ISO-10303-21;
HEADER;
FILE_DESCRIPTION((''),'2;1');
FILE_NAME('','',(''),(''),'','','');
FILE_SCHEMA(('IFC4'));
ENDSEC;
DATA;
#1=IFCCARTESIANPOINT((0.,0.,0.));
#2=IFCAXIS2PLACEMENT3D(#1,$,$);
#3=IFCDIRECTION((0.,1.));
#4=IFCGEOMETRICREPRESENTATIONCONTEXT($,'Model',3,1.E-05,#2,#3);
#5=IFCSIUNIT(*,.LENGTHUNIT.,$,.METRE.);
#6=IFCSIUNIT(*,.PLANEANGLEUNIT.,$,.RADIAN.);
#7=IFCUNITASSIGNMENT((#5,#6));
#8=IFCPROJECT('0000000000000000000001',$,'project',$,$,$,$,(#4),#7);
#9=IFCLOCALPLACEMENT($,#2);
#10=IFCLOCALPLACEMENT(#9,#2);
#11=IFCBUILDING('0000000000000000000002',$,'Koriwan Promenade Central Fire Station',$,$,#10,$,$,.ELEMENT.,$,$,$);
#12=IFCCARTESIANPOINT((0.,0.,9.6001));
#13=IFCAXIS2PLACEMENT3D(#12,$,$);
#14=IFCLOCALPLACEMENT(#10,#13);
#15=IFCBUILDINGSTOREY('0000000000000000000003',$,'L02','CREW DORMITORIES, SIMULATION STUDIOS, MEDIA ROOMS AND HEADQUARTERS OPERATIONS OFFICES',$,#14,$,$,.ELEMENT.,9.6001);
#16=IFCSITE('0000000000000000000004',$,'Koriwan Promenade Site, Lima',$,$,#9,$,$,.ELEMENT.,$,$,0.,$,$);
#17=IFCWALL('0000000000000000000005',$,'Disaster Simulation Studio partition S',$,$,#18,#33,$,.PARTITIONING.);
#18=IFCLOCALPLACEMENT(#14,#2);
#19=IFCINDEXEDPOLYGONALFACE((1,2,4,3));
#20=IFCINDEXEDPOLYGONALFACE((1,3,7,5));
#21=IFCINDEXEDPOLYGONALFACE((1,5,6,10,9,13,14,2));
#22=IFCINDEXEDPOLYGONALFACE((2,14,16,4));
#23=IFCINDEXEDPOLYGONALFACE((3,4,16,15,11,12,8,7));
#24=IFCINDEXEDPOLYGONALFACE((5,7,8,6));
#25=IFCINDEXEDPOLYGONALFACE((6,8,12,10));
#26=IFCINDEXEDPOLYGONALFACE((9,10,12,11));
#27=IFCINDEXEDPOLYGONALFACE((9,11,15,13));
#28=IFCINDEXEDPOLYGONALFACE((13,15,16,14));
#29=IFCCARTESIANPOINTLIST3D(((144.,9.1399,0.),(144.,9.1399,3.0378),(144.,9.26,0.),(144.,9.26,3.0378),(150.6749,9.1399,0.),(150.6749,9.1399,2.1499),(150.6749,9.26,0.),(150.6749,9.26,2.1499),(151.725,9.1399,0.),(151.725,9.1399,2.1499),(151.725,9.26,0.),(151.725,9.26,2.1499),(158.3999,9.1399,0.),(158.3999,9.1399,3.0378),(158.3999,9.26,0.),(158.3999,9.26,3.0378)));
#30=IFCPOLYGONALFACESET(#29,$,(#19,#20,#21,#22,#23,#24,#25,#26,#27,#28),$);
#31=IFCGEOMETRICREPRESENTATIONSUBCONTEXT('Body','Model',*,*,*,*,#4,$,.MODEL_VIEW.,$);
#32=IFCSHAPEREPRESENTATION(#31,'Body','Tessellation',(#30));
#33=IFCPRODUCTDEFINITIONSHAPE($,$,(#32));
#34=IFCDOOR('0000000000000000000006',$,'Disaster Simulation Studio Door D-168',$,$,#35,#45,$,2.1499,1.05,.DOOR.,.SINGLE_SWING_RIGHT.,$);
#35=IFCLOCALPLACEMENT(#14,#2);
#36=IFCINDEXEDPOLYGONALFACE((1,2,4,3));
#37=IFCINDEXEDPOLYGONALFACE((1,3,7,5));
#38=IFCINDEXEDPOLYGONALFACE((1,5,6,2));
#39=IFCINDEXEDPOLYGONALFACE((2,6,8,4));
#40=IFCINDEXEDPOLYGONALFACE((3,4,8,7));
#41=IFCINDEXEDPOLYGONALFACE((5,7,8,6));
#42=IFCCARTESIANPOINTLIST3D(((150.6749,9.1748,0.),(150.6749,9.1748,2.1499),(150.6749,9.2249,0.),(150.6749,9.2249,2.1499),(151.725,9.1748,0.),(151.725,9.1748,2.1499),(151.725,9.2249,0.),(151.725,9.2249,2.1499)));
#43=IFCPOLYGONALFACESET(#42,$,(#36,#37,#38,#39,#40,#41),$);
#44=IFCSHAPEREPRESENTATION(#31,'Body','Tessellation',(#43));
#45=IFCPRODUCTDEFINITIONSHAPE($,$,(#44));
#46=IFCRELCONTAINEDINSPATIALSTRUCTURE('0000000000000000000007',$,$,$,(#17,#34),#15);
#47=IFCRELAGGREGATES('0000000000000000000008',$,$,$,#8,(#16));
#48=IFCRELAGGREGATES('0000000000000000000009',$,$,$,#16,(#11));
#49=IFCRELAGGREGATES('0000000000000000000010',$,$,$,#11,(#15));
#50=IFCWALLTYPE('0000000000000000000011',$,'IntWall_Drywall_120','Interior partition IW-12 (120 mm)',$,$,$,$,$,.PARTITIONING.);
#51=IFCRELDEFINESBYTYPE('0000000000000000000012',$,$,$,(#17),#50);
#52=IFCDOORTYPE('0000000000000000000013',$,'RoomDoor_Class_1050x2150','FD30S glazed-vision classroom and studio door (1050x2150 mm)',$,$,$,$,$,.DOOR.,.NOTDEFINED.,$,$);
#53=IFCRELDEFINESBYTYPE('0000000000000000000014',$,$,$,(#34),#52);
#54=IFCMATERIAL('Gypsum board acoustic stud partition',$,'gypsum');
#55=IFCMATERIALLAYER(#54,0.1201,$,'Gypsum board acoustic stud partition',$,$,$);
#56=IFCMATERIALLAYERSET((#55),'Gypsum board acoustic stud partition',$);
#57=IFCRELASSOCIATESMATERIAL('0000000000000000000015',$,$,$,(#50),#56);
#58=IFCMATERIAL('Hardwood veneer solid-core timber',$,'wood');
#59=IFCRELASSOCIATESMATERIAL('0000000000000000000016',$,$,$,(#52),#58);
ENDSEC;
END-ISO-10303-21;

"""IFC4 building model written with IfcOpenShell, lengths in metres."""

from ifc_helpers import new_model, si_unit, direction, frame, frame_2d, origin, place, context, subcontext, project, spatial, rectangle, extrude, material, layer, layer_set, type_object, element, fill, save


model = new_model("IFC4")

# Units and contexts
model_context = context("Model", 3, precision=1e-05, world=origin(), true_north=direction((0.0, 1.0)))
body_context = subcontext(model_context, "Body", "Model", "MODEL_VIEW")
ifc_project = project(units=[si_unit("LENGTHUNIT", "METRE"), si_unit("PLANEANGLEUNIT", "RADIAN")], contexts=[model_context])

# Site, building, storey
site_placement = place(None, origin())
site = spatial("IfcSite", under=ifc_project, at=site_placement, Name="Koriwan Promenade Site, Lima", CompositionType="ELEMENT", RefElevation=0.0)
building_placement = place(site_placement, origin())
building = spatial("IfcBuilding", under=site, at=building_placement, Name="Koriwan Promenade Central Fire Station", CompositionType="ELEMENT")
storey_placement = place(building_placement, frame((0.0, 0.0, 9.6001)))
storey = spatial("IfcBuildingStorey", under=building, at=storey_placement, Name="L02", Description="CREW DORMITORIES, SIMULATION STUDIOS, MEDIA ROOMS AND HEADQUARTERS OPERATIONS OFFICES", CompositionType="ELEMENT", Elevation=9.6001)

# Wall, opening, door
ifc_material_1 = material(Name="Gypsum board acoustic stud partition", Category="gypsum")
ifc_layer_1 = layer(ifc_material_1, 0.1201, Name="Gypsum board acoustic stud partition")
ifc_layer_set_1 = layer_set([ifc_layer_1], Name="Gypsum board acoustic stud partition")
wall_type_1 = type_object("IfcWallType", Name="IntWall_Drywall_120", Description="Interior partition IW-12 (120 mm)", PredefinedType="PARTITIONING", material=ifc_layer_set_1)
wall_1_placement = place(storey_placement, frame((144.0, 9.2, 0.0), z_axis=(0.0, 0.0, 1.0), x_axis=(1.0, 0.0, 0.0)))
wall_1 = element("IfcWall", 1, at=wall_1_placement, inside=storey, type_object=wall_type_1, Name="Disaster Simulation Studio partition S", PredefinedType="PARTITIONING", context=body_context, shape_type="SweptSolid", body=[
    extrude(rectangle(XDim=14.3999, YDim=0.1201, at=frame_2d((7.2, 0.0))), origin(), (0.0, 0.0, 1.0), 3.0378),
])
opening_placement = place(wall_1_placement, frame((6.675, 0.0, 0.0)))
opening = element("IfcOpeningElement", 2, at=opening_placement, cuts=wall_1, PredefinedType="OPENING", context=body_context, shape_type="SweptSolid", body=[
    extrude(rectangle(XDim=1.05, YDim=2.1499, at=frame_2d((0.5249, 1.075))), frame((0.0, 0.072, 0.0), z_axis=(0.0, -1.0, 0.0), x_axis=(1.0, 0.0, 0.0)), (0.0, 0.0, 1.0), 0.144),
])
ifc_material_2 = material(Name="Hardwood veneer solid-core timber", Category="wood")
door_type = type_object("IfcDoorType", Name="RoomDoor_Class_1050x2150", Description="FD30S glazed-vision classroom and studio door (1050x2150 mm)", OperationType="NOTDEFINED", PredefinedType="DOOR", material=ifc_material_2)
door_placement = place(opening_placement, origin())
door = element("IfcDoor", 3, at=door_placement, inside=storey, type_object=door_type, Name="Disaster Simulation Studio Door D-168", OperationType="SINGLE_SWING_RIGHT", OverallHeight=2.1499, OverallWidth=1.05, PredefinedType="DOOR", context=body_context, shape_type="SweptSolid", body=[
    extrude(rectangle(XDim=1.05, YDim=2.1499, at=frame_2d((0.5249, 1.075))), frame((0.0, 0.0249, 0.0), z_axis=(0.0, -1.0, 0.0), x_axis=(1.0, 0.0, 0.0)), (0.0, 0.0, 1.0), 0.05),
])
fill(opening, door)

save(model, "model.ifc")
